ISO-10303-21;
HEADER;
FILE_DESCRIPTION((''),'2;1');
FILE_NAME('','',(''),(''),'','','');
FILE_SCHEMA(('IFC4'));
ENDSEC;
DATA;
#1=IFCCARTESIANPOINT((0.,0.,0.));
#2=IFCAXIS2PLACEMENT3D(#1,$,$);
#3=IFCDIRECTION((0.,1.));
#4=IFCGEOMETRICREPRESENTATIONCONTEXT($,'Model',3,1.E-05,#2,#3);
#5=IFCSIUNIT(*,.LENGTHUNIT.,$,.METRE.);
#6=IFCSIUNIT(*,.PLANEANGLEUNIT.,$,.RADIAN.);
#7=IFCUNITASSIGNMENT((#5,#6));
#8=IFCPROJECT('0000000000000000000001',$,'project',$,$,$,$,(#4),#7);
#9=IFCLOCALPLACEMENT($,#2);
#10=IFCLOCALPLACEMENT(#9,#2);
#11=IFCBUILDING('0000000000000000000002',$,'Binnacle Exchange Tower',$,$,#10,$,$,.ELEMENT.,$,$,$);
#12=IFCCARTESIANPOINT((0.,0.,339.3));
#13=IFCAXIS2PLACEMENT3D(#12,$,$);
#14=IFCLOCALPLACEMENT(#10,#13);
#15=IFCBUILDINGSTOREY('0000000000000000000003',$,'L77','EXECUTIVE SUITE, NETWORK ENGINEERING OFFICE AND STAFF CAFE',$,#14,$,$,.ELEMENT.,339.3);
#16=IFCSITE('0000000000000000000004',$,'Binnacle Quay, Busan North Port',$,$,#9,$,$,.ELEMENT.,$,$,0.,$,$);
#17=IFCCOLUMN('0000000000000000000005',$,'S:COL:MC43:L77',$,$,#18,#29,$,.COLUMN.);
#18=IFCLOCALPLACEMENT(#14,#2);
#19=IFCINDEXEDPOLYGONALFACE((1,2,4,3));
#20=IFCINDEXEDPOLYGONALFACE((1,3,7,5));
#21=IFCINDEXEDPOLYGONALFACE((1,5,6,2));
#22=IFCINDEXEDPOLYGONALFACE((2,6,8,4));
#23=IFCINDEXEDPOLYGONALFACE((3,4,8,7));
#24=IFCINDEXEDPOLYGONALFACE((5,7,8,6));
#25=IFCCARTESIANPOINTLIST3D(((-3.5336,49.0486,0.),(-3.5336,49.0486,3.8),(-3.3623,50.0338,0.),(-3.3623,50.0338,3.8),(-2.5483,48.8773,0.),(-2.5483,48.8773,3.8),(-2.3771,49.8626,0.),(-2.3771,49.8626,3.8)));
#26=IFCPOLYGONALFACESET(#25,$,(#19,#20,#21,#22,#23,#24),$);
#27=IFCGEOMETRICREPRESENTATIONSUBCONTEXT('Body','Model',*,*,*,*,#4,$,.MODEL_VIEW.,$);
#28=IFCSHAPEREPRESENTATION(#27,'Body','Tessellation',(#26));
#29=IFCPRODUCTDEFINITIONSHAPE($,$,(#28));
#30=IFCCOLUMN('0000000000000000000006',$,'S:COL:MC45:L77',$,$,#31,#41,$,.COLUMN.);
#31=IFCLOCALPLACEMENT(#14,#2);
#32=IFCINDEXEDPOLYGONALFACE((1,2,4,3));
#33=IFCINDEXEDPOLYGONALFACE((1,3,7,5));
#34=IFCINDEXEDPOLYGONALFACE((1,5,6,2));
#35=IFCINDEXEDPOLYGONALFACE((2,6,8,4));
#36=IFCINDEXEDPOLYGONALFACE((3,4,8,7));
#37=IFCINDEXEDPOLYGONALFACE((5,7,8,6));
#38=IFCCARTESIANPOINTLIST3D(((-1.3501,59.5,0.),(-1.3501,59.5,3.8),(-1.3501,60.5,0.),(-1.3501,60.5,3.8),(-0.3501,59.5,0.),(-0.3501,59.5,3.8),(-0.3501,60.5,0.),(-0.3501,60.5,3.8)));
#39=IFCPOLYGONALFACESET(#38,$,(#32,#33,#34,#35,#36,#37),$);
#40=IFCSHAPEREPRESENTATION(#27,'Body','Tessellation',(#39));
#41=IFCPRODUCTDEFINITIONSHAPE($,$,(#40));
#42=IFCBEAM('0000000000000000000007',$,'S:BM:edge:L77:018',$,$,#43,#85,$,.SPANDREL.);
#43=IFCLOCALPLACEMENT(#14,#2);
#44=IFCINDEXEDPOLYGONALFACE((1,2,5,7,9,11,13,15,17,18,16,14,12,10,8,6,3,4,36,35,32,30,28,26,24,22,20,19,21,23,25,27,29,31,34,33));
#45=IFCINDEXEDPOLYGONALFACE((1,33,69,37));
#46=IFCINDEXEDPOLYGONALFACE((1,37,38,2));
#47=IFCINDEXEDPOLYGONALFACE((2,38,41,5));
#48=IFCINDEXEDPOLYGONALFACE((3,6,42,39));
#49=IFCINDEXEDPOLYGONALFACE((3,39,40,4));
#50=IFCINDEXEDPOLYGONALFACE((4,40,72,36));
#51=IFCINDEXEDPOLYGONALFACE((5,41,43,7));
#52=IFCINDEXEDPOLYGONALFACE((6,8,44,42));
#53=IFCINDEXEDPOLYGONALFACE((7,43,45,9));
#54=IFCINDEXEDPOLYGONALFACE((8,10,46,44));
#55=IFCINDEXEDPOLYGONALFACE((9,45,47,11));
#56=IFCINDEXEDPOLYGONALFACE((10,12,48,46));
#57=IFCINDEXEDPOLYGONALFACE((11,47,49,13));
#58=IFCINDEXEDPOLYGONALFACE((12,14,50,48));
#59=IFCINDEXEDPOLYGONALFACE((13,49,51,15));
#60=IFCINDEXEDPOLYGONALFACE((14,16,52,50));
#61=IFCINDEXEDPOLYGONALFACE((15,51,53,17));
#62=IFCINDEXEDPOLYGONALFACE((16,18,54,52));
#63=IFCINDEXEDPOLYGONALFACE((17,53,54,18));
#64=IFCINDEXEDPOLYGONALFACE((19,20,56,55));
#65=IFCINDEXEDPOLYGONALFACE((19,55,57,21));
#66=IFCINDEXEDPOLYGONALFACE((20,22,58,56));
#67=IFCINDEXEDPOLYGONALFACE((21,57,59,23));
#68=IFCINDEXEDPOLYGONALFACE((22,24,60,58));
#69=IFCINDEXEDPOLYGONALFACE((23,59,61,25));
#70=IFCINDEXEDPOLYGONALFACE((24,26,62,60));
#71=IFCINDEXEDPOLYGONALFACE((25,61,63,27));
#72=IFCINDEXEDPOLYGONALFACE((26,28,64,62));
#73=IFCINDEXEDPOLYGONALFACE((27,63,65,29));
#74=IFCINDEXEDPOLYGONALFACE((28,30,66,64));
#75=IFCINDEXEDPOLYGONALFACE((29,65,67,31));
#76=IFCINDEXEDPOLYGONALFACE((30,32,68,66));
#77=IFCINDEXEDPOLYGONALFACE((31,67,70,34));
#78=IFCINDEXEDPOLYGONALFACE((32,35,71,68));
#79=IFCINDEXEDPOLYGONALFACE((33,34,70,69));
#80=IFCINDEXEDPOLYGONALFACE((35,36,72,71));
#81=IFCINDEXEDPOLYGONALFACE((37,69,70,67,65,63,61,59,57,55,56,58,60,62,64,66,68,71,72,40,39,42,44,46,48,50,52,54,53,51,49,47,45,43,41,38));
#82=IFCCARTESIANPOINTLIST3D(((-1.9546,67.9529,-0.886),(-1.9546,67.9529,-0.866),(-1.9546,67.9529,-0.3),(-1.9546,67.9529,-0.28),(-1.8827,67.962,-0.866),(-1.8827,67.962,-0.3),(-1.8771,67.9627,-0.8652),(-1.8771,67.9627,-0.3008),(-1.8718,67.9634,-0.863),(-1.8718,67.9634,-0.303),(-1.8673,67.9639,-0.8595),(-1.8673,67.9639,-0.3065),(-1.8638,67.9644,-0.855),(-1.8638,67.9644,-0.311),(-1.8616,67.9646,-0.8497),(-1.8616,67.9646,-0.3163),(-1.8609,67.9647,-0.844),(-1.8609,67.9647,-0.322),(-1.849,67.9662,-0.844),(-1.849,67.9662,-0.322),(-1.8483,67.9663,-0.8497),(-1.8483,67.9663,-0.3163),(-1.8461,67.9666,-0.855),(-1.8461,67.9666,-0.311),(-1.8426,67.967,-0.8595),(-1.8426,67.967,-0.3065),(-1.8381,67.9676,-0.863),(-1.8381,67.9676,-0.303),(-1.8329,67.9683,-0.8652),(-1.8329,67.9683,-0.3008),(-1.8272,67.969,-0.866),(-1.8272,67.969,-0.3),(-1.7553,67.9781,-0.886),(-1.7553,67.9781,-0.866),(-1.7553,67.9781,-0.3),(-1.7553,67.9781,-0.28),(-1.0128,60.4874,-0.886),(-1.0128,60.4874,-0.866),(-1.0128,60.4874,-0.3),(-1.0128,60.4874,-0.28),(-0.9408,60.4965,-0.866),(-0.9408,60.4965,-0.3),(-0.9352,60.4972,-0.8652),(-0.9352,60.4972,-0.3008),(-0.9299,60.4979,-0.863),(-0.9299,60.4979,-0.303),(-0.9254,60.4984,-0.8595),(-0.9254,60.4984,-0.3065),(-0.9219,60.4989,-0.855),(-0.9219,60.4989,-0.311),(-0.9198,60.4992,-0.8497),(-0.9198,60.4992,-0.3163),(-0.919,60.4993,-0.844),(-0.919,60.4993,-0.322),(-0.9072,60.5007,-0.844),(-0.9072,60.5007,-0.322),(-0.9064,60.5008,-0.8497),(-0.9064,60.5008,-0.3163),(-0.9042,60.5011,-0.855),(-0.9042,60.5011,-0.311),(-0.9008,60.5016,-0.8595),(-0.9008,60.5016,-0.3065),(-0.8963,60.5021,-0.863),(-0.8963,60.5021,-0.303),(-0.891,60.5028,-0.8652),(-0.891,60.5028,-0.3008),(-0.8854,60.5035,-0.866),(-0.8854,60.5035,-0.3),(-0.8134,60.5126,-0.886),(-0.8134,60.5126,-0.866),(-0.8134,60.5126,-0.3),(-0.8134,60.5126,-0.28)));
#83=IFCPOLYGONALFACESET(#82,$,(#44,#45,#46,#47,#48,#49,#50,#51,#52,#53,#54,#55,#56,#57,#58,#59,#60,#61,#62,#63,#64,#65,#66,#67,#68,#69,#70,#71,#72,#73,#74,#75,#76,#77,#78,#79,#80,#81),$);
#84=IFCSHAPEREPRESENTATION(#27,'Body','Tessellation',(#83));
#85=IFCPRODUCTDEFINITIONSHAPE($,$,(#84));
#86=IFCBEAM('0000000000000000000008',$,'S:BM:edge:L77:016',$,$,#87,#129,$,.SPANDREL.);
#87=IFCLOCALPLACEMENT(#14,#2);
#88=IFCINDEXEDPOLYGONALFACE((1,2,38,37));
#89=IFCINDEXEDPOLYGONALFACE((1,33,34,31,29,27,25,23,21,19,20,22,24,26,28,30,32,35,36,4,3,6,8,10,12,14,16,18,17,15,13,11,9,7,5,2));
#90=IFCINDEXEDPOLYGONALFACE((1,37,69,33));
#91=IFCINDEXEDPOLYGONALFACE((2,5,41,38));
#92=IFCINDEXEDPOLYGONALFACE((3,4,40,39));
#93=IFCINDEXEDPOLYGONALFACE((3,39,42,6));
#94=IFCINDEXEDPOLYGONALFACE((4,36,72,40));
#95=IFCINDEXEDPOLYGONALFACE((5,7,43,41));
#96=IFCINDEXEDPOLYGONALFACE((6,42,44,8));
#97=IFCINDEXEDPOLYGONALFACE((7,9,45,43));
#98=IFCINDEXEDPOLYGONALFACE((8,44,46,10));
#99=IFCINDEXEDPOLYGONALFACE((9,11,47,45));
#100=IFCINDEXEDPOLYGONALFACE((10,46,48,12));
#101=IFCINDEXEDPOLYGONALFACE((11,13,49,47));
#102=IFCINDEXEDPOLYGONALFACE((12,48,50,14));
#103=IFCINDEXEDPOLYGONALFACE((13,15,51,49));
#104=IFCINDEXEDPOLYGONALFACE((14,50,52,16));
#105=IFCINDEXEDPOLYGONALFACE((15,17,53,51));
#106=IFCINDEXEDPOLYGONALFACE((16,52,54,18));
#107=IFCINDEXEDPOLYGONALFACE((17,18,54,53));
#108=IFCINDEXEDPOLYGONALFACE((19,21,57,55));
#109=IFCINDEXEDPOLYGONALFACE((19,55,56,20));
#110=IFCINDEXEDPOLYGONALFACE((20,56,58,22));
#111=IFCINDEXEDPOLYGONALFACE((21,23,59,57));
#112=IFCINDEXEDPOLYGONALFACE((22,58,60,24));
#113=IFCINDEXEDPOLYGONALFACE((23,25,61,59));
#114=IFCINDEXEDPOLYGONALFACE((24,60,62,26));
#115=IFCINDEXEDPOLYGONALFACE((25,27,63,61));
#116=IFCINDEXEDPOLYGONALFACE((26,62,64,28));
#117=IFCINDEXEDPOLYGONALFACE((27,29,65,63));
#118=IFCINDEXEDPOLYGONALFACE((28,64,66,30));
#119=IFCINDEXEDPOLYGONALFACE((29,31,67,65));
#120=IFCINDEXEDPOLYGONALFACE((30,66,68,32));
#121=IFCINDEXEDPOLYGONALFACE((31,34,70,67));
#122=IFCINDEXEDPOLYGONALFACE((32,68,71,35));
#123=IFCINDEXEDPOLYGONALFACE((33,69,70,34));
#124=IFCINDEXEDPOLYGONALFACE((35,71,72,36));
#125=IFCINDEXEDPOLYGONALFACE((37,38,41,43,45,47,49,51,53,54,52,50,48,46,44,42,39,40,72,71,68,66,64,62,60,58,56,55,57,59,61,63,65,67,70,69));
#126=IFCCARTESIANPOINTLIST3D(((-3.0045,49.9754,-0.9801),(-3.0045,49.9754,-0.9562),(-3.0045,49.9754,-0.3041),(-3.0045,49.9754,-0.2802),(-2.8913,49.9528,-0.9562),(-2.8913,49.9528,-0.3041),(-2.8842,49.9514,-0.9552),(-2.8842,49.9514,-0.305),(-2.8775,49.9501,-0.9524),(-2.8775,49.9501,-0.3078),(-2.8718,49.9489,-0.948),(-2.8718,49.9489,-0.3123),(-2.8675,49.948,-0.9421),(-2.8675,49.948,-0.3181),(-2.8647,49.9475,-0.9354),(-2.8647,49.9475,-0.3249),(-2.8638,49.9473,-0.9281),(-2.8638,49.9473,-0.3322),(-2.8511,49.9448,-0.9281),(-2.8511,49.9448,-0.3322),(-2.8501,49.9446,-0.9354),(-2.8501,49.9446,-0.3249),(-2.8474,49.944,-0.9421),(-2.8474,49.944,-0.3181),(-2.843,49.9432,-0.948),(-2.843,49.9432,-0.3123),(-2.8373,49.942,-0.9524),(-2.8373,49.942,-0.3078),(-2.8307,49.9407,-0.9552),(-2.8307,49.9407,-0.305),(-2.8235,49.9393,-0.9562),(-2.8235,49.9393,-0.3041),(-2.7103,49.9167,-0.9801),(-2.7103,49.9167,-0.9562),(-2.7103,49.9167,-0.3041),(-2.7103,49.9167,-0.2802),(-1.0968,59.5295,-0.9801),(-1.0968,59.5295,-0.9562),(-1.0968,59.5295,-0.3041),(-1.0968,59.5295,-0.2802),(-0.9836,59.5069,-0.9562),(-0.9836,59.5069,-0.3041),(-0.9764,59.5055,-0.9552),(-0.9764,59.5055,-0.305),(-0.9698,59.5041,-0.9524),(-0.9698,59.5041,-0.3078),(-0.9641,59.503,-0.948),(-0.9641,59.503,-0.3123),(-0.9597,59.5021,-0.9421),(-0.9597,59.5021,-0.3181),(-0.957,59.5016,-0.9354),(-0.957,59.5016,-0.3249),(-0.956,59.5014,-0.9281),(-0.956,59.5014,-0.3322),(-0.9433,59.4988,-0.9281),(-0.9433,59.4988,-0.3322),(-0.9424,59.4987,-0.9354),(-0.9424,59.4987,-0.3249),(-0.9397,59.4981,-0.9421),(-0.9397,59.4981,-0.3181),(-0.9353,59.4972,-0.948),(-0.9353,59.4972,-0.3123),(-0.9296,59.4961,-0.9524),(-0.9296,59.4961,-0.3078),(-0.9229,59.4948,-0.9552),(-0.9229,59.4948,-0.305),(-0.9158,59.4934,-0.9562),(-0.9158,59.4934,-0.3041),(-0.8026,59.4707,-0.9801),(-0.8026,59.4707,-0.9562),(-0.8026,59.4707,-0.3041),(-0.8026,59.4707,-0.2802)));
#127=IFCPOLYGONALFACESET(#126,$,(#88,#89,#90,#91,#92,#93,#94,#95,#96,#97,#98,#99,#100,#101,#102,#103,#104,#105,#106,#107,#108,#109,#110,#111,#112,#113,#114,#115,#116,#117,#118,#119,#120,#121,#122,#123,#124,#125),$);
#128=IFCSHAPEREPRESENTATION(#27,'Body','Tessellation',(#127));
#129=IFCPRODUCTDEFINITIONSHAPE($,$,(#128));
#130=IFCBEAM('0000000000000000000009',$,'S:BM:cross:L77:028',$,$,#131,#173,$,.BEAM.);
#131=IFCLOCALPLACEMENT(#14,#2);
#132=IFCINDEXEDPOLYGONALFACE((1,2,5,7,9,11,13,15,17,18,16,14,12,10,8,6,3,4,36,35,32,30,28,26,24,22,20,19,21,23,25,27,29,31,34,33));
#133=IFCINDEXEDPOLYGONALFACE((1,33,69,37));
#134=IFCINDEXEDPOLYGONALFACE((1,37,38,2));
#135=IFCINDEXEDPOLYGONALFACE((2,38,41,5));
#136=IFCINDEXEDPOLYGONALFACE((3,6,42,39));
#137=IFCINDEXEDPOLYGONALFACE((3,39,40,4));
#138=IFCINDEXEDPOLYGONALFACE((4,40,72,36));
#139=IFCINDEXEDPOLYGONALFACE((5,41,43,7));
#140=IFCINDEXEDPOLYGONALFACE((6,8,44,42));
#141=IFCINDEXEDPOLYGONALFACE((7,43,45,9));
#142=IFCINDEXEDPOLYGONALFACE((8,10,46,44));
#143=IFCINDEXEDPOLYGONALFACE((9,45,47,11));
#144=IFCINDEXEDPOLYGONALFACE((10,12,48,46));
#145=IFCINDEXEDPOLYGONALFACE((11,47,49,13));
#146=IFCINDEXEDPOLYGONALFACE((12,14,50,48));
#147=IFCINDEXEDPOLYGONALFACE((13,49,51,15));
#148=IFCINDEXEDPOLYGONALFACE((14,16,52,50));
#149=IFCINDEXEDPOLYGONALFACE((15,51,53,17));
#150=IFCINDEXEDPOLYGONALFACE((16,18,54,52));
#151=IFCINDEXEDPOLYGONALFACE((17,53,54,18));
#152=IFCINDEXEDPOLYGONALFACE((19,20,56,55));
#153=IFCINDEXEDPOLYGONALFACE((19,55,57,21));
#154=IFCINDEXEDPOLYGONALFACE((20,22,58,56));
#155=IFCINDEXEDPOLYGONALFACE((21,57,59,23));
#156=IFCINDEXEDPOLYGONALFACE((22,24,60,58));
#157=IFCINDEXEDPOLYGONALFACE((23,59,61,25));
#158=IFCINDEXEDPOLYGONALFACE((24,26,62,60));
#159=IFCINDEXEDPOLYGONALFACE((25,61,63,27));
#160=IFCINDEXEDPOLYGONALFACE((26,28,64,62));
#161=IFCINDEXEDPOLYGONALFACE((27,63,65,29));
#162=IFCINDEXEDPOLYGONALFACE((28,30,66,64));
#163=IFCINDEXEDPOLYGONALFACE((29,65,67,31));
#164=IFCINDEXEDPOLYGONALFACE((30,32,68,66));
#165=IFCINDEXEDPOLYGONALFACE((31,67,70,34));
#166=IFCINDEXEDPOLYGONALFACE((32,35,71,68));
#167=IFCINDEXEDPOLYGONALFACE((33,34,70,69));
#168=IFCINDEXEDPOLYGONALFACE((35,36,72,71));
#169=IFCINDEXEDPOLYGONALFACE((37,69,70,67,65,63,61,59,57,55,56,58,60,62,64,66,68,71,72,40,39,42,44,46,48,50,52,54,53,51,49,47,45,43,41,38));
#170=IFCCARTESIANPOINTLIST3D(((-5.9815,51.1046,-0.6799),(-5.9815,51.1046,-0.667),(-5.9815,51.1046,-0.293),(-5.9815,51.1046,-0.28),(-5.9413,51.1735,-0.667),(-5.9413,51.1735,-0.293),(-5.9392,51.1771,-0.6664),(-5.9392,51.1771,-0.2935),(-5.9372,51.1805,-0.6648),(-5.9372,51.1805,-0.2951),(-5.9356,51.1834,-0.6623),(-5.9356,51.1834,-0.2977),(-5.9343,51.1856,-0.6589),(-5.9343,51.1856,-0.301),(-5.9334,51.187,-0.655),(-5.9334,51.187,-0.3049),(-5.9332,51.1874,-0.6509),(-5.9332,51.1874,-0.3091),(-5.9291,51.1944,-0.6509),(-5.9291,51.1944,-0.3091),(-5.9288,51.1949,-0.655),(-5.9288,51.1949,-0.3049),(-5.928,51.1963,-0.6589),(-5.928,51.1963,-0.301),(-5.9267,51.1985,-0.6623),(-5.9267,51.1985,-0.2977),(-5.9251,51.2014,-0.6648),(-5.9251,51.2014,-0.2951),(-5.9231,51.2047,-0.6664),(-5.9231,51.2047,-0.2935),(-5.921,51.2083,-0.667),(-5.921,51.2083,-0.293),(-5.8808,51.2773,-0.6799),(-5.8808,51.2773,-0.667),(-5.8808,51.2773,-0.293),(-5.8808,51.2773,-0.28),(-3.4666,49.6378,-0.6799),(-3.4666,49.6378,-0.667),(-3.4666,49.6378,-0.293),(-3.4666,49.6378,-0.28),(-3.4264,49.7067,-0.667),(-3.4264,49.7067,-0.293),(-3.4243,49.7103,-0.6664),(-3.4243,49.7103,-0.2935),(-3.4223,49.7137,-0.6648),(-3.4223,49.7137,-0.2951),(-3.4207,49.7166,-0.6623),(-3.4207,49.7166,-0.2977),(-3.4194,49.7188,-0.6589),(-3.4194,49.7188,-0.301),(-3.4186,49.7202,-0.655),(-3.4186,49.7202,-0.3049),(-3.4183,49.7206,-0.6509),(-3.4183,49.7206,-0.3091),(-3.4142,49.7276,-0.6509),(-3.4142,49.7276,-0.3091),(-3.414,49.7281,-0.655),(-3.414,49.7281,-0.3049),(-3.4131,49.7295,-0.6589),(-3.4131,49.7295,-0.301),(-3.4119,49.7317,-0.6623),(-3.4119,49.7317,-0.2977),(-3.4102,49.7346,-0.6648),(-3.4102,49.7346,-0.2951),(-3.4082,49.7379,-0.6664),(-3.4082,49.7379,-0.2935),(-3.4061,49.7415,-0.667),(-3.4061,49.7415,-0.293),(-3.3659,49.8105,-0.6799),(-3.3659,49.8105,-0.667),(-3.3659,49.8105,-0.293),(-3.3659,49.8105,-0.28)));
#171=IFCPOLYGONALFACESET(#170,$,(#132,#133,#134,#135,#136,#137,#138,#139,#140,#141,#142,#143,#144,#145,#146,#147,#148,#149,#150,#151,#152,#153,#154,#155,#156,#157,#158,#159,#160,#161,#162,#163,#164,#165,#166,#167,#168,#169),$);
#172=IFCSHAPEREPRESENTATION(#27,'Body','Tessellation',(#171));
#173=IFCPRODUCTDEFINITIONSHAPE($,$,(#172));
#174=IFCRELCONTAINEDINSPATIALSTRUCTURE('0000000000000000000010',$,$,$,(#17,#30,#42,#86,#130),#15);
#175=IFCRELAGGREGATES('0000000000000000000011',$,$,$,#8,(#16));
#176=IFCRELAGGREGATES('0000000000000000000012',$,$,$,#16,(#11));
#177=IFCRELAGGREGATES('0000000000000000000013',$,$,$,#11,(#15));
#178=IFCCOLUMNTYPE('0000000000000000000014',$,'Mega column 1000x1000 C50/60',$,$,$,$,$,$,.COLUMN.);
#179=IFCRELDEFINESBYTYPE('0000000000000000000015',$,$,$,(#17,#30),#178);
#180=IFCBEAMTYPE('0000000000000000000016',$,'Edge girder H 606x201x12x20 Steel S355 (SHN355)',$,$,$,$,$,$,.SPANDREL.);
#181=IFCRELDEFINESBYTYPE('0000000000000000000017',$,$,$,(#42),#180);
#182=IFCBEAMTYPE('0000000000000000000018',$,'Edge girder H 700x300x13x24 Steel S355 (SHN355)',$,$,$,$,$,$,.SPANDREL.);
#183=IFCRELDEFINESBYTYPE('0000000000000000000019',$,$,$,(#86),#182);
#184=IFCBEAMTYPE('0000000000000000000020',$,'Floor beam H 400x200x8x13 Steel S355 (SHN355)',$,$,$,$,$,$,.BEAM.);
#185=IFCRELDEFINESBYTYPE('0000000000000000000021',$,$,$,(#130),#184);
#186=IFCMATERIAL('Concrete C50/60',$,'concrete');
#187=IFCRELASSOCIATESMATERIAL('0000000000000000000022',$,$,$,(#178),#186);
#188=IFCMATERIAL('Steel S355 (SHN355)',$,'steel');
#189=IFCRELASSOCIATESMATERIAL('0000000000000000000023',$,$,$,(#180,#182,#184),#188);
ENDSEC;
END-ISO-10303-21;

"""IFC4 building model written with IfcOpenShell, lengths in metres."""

from ifc_helpers import new_model, si_unit, direction, frame, origin, origin_2d, place, context, subcontext, project, spatial, rectangle, i_section, extrude, material, material_profile, profile_set, type_object, element, save


model = new_model("IFC4")

# Units and contexts
model_context = context("Model", 3, precision=1e-05, world=origin(), true_north=direction((0.0, 1.0)))
body_context = subcontext(model_context, "Body", "Model", "MODEL_VIEW")
ifc_project = project(units=[si_unit("LENGTHUNIT", "METRE"), si_unit("PLANEANGLEUNIT", "RADIAN")], contexts=[model_context])

# Site, building, storey
site_placement = place(None, origin())
site = spatial("IfcSite", under=ifc_project, at=site_placement, Name="Binnacle Quay, Busan North Port", CompositionType="ELEMENT", RefElevation=0.0)
building_placement = place(site_placement, origin())
building = spatial("IfcBuilding", under=site, at=building_placement, Name="Binnacle Exchange Tower", CompositionType="ELEMENT")
storey_placement = place(building_placement, frame((0.0, 0.0, 339.3)))
storey = spatial("IfcBuildingStorey", under=building, at=storey_placement, Name="L77", Description="EXECUTIVE SUITE, NETWORK ENGINEERING OFFICE AND STAFF CAFE", CompositionType="ELEMENT", Elevation=339.3)

# Columns
ifc_material_1 = material(Name="Concrete C50/60", Category="concrete")
ifc_material_profile_1 = material_profile(ifc_material_1, rectangle(XDim=1.0, YDim=1.0, at=origin_2d()), Name="Mega column 1000x1000 C50/60")
ifc_profile_set_1 = profile_set([ifc_material_profile_1], Name="Concrete C50/60")
column_type = type_object("IfcColumnType", Name="Mega column 1000x1000 C50/60", PredefinedType="COLUMN", material=ifc_profile_set_1)
for number, where, z_axis, x_axis, name in (
    (1, (-2.9553, 49.4556, 0.0), (0.0, 0.0, 1.0), (-0.985226, 0.171259, 0.0), "S:COL:MC43:L77"),
    (2, (-0.8501, 60.0, 0.0), (0.0, 0.0, 1.0), (0.0, 1.0, 0.0), "S:COL:MC45:L77"),
):
    element("IfcColumn", number, at=place(storey_placement, frame(where, z_axis=z_axis, x_axis=x_axis)), inside=storey, type_object=column_type, Name=name, PredefinedType="COLUMN", context=body_context, shape_type="SweptSolid", body=[
        extrude(rectangle(XDim=1.0, YDim=1.0, at=origin_2d()), origin(), (0.0, 0.0, 1.0), 3.8),
    ])

# Beams
ifc_material_2 = material(Name="Steel S355 (SHN355)", Category="steel")
ifc_material_profile_2 = material_profile(ifc_material_2, i_section(OverallWidth=0.2009, OverallDepth=0.606, WebThickness=0.012, FlangeThickness=0.02, FilletRadius=0.022, at=origin_2d()), Name="H 606x201x12x20")
ifc_profile_set_2 = profile_set([ifc_material_profile_2], Name="Steel S355 (SHN355)")
beam_type_1 = type_object("IfcBeamType", Name="Edge girder H 606x201x12x20 Steel S355 (SHN355)", PredefinedType="SPANDREL", material=ifc_profile_set_2)
beam_1_placement = place(storey_placement, frame((-0.9131, 60.5, -0.583), z_axis=(-0.125173, 0.992135, 0.0), x_axis=(-0.992135, -0.125173, 0.0)))
element("IfcBeam", 3, at=beam_1_placement, inside=storey, type_object=beam_type_1, Name="S:BM:edge:L77:018", PredefinedType="SPANDREL", context=body_context, shape_type="SweptSolid", body=[
    extrude(i_section(OverallWidth=0.2009, OverallDepth=0.606, WebThickness=0.012, FlangeThickness=0.02, FilletRadius=0.022, at=origin_2d()), origin(), (0.0, 0.0, 1.0), 7.5247),
])
ifc_material_profile_3 = material_profile(ifc_material_2, i_section(OverallWidth=0.3, OverallDepth=0.7, WebThickness=0.0129, FlangeThickness=0.0239, FilletRadius=0.0281, at=origin_2d()), Name="H 700x300x13x24")
ifc_profile_set_3 = profile_set([ifc_material_profile_3], Name="Steel S355 (SHN355)")
beam_type_2 = type_object("IfcBeamType", Name="Edge girder H 700x300x13x24 Steel S355 (SHN355)", PredefinedType="SPANDREL", material=ifc_profile_set_3)
beam_2_placement = place(storey_placement, frame((-2.8574, 49.946, -0.6301), z_axis=(0.195813, 0.980641, 0.0), x_axis=(-0.980641, 0.195813, 0.0)))
element("IfcBeam", 4, at=beam_2_placement, inside=storey, type_object=beam_type_2, Name="S:BM:edge:L77:016", PredefinedType="SPANDREL", context=body_context, shape_type="SweptSolid", body=[
    extrude(i_section(OverallWidth=0.3, OverallDepth=0.7, WebThickness=0.0129, FlangeThickness=0.0239, FilletRadius=0.0281, at=origin_2d()), origin(), (0.0, 0.0, 1.0), 9.7427),
])
ifc_material_profile_4 = material_profile(ifc_material_2, i_section(OverallWidth=0.2, OverallDepth=0.3999, WebThickness=0.0081, FlangeThickness=0.0129, FilletRadius=0.0161, at=origin_2d()), Name="H 400x200x8x13")
ifc_profile_set_4 = profile_set([ifc_material_profile_4], Name="Steel S355 (SHN355)")
beam_type_3 = type_object("IfcBeamType", Name="Floor beam H 400x200x8x13 Steel S355 (SHN355)", PredefinedType="BEAM", material=ifc_profile_set_4)
beam_3_placement = place(storey_placement, frame((-3.4163, 49.7241, -0.48), z_axis=(-0.863812, 0.503814, 0.0), x_axis=(-0.503814, -0.863812, 0.0)))
element("IfcBeam", 5, at=beam_3_placement, inside=storey, type_object=beam_type_3, Name="S:BM:cross:L77:028", PredefinedType="BEAM", context=body_context, shape_type="SweptSolid", body=[
    extrude(i_section(OverallWidth=0.2, OverallDepth=0.3999, WebThickness=0.0081, FlangeThickness=0.0129, FilletRadius=0.0161, at=origin_2d()), origin(), (0.0, 0.0, 1.0), 2.9114),
])

save(model, "model.ifc")
